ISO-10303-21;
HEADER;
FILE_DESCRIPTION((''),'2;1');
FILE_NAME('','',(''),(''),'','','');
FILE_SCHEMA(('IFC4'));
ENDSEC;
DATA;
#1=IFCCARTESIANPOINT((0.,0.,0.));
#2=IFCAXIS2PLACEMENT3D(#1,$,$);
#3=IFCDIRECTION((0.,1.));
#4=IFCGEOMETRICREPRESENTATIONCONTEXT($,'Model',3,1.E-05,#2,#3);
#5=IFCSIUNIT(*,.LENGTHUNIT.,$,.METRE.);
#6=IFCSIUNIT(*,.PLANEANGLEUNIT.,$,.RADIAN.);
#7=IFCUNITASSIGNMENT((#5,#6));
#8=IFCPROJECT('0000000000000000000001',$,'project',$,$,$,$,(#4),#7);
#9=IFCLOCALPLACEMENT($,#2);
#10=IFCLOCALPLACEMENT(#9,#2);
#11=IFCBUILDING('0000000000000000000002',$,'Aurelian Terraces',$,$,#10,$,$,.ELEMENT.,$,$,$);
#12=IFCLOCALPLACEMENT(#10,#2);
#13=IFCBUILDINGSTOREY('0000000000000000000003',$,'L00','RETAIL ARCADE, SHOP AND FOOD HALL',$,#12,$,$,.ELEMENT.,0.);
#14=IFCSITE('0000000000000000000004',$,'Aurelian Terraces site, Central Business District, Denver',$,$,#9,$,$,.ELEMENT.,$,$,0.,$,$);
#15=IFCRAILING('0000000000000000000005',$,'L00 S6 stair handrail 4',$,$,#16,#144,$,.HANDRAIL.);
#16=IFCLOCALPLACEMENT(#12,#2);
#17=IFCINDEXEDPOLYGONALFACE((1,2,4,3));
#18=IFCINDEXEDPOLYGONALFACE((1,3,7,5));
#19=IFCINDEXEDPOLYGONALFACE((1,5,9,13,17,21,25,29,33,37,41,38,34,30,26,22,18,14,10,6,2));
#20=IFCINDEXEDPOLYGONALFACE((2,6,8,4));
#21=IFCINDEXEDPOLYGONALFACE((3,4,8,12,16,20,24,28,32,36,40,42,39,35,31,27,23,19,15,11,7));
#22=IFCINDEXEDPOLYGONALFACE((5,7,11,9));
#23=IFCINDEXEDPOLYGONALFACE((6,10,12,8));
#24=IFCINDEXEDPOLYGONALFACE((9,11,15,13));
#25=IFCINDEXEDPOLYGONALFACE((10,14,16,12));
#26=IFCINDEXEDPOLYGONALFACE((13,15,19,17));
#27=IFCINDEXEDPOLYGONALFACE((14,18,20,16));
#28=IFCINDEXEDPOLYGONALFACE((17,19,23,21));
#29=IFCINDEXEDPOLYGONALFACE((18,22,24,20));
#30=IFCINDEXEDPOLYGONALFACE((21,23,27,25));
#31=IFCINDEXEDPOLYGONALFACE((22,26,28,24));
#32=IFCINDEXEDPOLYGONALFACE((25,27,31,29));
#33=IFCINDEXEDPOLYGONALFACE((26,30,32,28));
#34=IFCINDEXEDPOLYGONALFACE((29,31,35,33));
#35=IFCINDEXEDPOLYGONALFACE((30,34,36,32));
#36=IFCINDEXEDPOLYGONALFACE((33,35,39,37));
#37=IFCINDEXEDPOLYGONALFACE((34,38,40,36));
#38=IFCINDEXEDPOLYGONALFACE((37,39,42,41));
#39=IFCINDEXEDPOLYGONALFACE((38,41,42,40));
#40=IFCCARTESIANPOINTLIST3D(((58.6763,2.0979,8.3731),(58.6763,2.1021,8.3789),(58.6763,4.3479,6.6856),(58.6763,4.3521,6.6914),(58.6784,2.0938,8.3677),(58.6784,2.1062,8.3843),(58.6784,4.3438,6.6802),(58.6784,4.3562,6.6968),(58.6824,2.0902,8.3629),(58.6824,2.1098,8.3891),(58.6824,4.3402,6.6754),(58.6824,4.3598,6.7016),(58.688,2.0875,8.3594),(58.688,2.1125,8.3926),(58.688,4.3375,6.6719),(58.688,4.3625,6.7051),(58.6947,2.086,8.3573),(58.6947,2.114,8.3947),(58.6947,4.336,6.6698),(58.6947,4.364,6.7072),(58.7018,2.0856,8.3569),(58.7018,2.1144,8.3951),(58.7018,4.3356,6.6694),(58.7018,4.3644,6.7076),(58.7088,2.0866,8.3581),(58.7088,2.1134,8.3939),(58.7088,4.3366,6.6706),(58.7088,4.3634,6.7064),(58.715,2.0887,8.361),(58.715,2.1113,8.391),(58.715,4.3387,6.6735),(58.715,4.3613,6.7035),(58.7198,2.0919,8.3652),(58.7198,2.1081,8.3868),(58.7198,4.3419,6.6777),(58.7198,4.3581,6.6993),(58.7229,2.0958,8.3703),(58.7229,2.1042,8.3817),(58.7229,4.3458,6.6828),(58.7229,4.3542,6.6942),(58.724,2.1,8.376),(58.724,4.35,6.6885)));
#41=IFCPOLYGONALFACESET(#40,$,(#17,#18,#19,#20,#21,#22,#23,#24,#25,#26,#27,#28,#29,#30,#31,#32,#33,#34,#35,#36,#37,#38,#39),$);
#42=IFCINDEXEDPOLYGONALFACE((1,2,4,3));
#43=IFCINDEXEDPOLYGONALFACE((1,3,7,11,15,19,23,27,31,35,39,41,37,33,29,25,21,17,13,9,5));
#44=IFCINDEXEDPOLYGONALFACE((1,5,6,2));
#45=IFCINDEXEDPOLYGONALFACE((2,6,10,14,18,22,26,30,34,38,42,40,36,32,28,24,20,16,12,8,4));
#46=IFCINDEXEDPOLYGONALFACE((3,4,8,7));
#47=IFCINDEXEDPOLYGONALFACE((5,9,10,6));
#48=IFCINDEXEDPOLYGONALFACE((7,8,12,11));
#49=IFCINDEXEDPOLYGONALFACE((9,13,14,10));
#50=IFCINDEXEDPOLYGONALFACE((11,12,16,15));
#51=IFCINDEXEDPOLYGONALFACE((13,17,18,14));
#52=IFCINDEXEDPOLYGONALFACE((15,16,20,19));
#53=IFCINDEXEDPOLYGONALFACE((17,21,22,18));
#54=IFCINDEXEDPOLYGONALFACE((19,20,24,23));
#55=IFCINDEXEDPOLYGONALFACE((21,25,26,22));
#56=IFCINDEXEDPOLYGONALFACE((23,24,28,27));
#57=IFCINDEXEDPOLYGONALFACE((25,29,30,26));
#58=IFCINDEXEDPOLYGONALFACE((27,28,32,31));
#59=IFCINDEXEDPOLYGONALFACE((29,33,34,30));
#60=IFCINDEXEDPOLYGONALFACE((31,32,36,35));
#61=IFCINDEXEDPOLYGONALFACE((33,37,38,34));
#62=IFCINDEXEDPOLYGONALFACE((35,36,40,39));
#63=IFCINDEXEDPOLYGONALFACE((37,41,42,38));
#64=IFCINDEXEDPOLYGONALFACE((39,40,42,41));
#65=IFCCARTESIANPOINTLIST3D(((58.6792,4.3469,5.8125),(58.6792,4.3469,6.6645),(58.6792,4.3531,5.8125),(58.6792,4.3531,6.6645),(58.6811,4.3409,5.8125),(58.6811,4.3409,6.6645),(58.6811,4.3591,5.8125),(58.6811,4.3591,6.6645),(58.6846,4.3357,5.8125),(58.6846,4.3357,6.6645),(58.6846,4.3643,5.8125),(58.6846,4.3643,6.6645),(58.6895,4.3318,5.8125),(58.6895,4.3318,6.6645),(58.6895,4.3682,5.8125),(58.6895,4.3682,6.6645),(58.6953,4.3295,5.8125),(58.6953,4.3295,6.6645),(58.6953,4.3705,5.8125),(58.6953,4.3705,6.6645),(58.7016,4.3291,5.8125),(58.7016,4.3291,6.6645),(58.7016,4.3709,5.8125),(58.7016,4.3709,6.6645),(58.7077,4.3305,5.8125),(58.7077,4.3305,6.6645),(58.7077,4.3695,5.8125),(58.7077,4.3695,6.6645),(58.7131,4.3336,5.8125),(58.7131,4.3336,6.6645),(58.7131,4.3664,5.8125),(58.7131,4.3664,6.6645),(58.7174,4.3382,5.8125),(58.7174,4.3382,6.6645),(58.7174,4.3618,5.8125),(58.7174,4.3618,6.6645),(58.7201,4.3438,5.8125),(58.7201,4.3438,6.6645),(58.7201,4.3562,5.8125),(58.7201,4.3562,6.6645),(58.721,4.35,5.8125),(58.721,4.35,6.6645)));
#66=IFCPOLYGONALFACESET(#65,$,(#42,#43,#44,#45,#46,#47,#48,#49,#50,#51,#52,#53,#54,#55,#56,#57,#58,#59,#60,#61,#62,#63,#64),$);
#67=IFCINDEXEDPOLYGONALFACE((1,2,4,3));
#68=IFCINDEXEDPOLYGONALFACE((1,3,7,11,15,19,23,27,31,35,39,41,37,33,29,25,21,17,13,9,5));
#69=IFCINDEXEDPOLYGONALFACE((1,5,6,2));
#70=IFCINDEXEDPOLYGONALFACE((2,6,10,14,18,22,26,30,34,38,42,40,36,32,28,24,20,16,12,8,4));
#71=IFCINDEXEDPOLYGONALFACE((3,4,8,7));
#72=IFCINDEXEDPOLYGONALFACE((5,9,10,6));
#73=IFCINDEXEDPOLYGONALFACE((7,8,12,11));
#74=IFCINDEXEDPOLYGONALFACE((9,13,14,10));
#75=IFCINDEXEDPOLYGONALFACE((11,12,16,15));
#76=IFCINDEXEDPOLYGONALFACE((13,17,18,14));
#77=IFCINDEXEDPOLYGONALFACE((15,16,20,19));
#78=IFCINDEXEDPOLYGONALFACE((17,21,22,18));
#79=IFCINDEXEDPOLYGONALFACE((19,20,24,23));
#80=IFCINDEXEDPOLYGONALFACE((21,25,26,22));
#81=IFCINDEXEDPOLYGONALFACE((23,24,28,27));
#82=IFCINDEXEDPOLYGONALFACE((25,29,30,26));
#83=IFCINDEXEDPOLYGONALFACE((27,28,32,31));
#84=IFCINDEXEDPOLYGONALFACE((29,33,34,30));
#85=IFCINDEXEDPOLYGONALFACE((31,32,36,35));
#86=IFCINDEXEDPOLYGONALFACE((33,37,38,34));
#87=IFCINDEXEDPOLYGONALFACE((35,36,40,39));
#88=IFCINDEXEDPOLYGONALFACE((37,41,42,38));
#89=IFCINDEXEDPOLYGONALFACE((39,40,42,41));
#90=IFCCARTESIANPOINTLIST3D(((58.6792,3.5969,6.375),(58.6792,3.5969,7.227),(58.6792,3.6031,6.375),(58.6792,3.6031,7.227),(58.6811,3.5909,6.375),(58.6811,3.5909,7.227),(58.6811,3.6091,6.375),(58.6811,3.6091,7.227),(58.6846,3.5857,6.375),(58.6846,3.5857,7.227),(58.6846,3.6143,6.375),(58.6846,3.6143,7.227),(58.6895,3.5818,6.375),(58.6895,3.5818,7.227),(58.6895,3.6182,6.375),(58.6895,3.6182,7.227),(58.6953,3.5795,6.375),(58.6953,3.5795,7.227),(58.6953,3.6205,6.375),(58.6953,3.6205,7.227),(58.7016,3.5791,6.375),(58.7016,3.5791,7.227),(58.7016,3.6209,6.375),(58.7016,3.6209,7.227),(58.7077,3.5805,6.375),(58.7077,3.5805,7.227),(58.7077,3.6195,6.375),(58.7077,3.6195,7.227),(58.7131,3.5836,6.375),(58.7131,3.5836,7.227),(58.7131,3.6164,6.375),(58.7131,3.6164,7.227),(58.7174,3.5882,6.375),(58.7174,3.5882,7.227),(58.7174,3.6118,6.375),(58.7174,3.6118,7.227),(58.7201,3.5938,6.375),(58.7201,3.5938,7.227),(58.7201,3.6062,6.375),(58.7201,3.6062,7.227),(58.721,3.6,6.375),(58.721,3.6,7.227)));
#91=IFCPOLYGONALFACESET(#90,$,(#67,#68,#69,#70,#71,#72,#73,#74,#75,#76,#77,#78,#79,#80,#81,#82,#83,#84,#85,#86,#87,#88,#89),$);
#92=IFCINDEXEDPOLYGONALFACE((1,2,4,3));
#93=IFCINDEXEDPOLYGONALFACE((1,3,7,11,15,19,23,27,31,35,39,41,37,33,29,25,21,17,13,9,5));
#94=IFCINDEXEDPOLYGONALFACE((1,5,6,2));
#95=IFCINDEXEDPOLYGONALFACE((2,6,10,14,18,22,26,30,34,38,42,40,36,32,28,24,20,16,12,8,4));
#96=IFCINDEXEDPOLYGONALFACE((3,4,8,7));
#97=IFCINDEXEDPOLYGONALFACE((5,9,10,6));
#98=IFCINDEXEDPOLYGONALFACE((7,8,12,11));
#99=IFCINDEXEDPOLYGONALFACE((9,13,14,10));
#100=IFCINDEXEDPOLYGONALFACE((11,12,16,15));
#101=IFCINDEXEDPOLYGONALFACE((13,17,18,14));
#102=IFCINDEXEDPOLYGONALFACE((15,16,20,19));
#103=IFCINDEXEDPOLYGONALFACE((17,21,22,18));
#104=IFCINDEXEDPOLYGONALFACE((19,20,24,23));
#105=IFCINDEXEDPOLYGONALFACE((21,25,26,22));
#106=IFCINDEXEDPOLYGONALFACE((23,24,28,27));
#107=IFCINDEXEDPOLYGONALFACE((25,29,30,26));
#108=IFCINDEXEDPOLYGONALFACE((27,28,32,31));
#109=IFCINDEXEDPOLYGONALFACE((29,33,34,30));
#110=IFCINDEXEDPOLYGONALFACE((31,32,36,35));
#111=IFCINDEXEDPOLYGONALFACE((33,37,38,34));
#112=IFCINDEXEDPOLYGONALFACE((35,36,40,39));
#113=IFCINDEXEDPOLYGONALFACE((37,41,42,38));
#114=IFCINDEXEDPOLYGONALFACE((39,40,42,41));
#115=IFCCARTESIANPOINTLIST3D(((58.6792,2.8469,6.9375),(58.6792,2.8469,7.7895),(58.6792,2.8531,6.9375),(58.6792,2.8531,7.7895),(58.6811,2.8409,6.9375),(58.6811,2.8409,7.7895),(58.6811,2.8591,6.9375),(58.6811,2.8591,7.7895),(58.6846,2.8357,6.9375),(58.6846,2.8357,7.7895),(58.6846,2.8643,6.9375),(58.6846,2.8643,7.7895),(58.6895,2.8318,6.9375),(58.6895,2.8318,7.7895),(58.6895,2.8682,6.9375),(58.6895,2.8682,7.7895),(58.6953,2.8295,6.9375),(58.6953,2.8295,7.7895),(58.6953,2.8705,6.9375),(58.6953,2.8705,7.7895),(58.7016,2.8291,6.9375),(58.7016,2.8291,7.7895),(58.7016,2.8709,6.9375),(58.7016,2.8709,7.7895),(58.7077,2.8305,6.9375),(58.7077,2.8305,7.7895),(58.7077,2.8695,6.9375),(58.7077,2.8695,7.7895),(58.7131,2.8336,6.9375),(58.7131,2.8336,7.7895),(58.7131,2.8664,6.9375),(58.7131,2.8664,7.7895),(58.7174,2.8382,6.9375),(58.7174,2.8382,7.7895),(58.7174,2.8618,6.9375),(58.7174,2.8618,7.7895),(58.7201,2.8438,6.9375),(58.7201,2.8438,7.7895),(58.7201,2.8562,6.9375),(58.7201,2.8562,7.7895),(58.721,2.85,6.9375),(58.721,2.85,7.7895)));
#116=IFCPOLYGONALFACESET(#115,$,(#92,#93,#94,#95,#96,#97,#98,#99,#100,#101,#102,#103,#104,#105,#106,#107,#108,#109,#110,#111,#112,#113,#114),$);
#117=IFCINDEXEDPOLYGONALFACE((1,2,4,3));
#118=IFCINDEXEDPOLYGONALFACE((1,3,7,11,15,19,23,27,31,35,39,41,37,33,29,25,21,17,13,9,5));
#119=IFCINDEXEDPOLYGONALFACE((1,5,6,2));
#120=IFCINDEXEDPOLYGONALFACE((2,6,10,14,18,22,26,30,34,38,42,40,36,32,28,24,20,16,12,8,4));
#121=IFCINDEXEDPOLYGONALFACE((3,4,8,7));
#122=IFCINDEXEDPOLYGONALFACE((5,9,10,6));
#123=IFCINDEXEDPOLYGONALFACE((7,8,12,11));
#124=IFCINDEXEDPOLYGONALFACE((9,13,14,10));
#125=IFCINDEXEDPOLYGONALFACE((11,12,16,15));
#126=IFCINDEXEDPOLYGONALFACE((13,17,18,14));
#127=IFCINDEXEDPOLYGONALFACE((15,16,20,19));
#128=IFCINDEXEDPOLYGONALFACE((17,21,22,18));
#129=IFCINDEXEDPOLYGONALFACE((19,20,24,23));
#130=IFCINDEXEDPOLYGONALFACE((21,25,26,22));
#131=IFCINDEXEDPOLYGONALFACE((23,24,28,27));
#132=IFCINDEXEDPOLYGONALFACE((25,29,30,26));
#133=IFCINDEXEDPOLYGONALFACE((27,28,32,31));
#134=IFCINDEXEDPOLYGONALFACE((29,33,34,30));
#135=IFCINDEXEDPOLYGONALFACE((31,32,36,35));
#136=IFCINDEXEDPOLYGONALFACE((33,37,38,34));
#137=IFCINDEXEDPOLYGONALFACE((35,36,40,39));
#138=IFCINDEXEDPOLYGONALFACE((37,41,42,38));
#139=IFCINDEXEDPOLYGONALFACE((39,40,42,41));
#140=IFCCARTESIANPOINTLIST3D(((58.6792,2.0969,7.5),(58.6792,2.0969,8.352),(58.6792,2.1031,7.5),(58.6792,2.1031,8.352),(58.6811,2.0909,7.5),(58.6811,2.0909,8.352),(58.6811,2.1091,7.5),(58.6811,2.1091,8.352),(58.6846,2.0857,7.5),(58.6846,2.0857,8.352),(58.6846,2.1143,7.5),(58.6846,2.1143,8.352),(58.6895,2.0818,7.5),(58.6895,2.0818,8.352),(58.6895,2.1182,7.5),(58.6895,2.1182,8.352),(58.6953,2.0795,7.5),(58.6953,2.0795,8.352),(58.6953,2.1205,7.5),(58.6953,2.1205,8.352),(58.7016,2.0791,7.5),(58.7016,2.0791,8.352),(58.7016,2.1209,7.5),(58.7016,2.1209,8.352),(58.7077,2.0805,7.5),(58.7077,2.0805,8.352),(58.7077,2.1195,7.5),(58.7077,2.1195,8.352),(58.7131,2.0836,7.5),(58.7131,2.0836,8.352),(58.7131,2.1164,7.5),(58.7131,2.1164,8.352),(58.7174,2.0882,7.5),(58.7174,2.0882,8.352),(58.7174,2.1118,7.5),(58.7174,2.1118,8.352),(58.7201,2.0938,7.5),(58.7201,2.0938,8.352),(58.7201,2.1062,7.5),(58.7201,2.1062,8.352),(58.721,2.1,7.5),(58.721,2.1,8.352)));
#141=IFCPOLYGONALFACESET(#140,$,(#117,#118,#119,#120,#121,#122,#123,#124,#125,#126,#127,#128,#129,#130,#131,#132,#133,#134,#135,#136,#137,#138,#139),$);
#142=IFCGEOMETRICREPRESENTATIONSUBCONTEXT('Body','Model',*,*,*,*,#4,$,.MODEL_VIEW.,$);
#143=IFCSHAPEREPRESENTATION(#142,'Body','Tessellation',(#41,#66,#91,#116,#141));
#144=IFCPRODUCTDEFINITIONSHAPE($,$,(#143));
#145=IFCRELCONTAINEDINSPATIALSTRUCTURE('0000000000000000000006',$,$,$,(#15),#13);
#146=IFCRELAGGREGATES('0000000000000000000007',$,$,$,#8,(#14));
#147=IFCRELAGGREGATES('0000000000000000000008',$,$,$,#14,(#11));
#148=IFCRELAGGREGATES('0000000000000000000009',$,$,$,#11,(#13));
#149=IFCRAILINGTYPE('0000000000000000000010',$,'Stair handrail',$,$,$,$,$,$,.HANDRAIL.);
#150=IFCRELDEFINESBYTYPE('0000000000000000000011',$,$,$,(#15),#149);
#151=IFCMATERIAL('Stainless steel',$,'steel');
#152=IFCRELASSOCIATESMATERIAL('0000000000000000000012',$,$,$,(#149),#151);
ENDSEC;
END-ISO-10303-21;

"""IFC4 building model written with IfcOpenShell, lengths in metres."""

from ifc_helpers import new_model, si_unit, direction, frame, origin, origin_2d, place, context, subcontext, project, spatial, circle, extrude, source, transform, mapped, material, type_object, element, save


model = new_model("IFC4")

# Units and contexts
model_context = context("Model", 3, precision=1e-05, world=origin(), true_north=direction((0.0, 1.0)))
body_context = subcontext(model_context, "Body", "Model", "MODEL_VIEW")
ifc_project = project(units=[si_unit("LENGTHUNIT", "METRE"), si_unit("PLANEANGLEUNIT", "RADIAN")], contexts=[model_context])

# Site, building, storey
site_placement = place(None, origin())
site = spatial("IfcSite", under=ifc_project, at=site_placement, Name="Aurelian Terraces site, Central Business District, Denver", CompositionType="ELEMENT", RefElevation=0.0)
building_placement = place(site_placement, origin())
building = spatial("IfcBuilding", under=site, at=building_placement, Name="Aurelian Terraces", CompositionType="ELEMENT")
storey_placement = place(building_placement, origin())
storey = spatial("IfcBuildingStorey", under=building, at=storey_placement, Name="L00", Description="RETAIL ARCADE, SHOP AND FOOD HALL", CompositionType="ELEMENT", Elevation=0.0)

# Railing
ifc_material_1 = material(Name="Stainless steel", Category="steel")
railing_type_1 = type_object("IfcRailingType", Name="Stair handrail", PredefinedType="HANDRAIL", material=ifc_material_1)
shared_shape_1 = source(origin(), body_context, "Body", "SweptSolid", [
    extrude(circle(Radius=0.024, at=origin_2d()), frame((0.0, 0.0, 0.876), z_axis=(0.0, -0.8, 0.6), x_axis=(1.0, 0.0, 0.0)), (0.0, 0.0, 1.0), 2.8125),
    extrude(circle(Radius=0.021, at=origin_2d()), origin(), (0.0, 0.0, 1.0), 0.852),
    extrude(circle(Radius=0.021, at=origin_2d()), frame((0.0, -0.75, 0.5625)), (0.0, 0.0, 1.0), 0.852),
    extrude(circle(Radius=0.021, at=origin_2d()), frame((0.0, -1.5, 1.125)), (0.0, 0.0, 1.0), 0.852),
    extrude(circle(Radius=0.021, at=origin_2d()), frame((0.0, -2.25, 1.6875)), (0.0, 0.0, 1.0), 0.852),
])
for number, where, name in (
    (1, (58.7, 4.35, 5.8125), "L00 S6 stair handrail 4"),
):
    element("IfcRailing", number, at=place(storey_placement, frame(where)), inside=storey, type_object=railing_type_1, Name=name, PredefinedType="HANDRAIL", context=body_context, shape_type="MappedRepresentation", body=[
        mapped(shared_shape_1, transform((0.0, 0.0, 0.0), scale=1.0)),
    ])

save(model, "model.ifc")
